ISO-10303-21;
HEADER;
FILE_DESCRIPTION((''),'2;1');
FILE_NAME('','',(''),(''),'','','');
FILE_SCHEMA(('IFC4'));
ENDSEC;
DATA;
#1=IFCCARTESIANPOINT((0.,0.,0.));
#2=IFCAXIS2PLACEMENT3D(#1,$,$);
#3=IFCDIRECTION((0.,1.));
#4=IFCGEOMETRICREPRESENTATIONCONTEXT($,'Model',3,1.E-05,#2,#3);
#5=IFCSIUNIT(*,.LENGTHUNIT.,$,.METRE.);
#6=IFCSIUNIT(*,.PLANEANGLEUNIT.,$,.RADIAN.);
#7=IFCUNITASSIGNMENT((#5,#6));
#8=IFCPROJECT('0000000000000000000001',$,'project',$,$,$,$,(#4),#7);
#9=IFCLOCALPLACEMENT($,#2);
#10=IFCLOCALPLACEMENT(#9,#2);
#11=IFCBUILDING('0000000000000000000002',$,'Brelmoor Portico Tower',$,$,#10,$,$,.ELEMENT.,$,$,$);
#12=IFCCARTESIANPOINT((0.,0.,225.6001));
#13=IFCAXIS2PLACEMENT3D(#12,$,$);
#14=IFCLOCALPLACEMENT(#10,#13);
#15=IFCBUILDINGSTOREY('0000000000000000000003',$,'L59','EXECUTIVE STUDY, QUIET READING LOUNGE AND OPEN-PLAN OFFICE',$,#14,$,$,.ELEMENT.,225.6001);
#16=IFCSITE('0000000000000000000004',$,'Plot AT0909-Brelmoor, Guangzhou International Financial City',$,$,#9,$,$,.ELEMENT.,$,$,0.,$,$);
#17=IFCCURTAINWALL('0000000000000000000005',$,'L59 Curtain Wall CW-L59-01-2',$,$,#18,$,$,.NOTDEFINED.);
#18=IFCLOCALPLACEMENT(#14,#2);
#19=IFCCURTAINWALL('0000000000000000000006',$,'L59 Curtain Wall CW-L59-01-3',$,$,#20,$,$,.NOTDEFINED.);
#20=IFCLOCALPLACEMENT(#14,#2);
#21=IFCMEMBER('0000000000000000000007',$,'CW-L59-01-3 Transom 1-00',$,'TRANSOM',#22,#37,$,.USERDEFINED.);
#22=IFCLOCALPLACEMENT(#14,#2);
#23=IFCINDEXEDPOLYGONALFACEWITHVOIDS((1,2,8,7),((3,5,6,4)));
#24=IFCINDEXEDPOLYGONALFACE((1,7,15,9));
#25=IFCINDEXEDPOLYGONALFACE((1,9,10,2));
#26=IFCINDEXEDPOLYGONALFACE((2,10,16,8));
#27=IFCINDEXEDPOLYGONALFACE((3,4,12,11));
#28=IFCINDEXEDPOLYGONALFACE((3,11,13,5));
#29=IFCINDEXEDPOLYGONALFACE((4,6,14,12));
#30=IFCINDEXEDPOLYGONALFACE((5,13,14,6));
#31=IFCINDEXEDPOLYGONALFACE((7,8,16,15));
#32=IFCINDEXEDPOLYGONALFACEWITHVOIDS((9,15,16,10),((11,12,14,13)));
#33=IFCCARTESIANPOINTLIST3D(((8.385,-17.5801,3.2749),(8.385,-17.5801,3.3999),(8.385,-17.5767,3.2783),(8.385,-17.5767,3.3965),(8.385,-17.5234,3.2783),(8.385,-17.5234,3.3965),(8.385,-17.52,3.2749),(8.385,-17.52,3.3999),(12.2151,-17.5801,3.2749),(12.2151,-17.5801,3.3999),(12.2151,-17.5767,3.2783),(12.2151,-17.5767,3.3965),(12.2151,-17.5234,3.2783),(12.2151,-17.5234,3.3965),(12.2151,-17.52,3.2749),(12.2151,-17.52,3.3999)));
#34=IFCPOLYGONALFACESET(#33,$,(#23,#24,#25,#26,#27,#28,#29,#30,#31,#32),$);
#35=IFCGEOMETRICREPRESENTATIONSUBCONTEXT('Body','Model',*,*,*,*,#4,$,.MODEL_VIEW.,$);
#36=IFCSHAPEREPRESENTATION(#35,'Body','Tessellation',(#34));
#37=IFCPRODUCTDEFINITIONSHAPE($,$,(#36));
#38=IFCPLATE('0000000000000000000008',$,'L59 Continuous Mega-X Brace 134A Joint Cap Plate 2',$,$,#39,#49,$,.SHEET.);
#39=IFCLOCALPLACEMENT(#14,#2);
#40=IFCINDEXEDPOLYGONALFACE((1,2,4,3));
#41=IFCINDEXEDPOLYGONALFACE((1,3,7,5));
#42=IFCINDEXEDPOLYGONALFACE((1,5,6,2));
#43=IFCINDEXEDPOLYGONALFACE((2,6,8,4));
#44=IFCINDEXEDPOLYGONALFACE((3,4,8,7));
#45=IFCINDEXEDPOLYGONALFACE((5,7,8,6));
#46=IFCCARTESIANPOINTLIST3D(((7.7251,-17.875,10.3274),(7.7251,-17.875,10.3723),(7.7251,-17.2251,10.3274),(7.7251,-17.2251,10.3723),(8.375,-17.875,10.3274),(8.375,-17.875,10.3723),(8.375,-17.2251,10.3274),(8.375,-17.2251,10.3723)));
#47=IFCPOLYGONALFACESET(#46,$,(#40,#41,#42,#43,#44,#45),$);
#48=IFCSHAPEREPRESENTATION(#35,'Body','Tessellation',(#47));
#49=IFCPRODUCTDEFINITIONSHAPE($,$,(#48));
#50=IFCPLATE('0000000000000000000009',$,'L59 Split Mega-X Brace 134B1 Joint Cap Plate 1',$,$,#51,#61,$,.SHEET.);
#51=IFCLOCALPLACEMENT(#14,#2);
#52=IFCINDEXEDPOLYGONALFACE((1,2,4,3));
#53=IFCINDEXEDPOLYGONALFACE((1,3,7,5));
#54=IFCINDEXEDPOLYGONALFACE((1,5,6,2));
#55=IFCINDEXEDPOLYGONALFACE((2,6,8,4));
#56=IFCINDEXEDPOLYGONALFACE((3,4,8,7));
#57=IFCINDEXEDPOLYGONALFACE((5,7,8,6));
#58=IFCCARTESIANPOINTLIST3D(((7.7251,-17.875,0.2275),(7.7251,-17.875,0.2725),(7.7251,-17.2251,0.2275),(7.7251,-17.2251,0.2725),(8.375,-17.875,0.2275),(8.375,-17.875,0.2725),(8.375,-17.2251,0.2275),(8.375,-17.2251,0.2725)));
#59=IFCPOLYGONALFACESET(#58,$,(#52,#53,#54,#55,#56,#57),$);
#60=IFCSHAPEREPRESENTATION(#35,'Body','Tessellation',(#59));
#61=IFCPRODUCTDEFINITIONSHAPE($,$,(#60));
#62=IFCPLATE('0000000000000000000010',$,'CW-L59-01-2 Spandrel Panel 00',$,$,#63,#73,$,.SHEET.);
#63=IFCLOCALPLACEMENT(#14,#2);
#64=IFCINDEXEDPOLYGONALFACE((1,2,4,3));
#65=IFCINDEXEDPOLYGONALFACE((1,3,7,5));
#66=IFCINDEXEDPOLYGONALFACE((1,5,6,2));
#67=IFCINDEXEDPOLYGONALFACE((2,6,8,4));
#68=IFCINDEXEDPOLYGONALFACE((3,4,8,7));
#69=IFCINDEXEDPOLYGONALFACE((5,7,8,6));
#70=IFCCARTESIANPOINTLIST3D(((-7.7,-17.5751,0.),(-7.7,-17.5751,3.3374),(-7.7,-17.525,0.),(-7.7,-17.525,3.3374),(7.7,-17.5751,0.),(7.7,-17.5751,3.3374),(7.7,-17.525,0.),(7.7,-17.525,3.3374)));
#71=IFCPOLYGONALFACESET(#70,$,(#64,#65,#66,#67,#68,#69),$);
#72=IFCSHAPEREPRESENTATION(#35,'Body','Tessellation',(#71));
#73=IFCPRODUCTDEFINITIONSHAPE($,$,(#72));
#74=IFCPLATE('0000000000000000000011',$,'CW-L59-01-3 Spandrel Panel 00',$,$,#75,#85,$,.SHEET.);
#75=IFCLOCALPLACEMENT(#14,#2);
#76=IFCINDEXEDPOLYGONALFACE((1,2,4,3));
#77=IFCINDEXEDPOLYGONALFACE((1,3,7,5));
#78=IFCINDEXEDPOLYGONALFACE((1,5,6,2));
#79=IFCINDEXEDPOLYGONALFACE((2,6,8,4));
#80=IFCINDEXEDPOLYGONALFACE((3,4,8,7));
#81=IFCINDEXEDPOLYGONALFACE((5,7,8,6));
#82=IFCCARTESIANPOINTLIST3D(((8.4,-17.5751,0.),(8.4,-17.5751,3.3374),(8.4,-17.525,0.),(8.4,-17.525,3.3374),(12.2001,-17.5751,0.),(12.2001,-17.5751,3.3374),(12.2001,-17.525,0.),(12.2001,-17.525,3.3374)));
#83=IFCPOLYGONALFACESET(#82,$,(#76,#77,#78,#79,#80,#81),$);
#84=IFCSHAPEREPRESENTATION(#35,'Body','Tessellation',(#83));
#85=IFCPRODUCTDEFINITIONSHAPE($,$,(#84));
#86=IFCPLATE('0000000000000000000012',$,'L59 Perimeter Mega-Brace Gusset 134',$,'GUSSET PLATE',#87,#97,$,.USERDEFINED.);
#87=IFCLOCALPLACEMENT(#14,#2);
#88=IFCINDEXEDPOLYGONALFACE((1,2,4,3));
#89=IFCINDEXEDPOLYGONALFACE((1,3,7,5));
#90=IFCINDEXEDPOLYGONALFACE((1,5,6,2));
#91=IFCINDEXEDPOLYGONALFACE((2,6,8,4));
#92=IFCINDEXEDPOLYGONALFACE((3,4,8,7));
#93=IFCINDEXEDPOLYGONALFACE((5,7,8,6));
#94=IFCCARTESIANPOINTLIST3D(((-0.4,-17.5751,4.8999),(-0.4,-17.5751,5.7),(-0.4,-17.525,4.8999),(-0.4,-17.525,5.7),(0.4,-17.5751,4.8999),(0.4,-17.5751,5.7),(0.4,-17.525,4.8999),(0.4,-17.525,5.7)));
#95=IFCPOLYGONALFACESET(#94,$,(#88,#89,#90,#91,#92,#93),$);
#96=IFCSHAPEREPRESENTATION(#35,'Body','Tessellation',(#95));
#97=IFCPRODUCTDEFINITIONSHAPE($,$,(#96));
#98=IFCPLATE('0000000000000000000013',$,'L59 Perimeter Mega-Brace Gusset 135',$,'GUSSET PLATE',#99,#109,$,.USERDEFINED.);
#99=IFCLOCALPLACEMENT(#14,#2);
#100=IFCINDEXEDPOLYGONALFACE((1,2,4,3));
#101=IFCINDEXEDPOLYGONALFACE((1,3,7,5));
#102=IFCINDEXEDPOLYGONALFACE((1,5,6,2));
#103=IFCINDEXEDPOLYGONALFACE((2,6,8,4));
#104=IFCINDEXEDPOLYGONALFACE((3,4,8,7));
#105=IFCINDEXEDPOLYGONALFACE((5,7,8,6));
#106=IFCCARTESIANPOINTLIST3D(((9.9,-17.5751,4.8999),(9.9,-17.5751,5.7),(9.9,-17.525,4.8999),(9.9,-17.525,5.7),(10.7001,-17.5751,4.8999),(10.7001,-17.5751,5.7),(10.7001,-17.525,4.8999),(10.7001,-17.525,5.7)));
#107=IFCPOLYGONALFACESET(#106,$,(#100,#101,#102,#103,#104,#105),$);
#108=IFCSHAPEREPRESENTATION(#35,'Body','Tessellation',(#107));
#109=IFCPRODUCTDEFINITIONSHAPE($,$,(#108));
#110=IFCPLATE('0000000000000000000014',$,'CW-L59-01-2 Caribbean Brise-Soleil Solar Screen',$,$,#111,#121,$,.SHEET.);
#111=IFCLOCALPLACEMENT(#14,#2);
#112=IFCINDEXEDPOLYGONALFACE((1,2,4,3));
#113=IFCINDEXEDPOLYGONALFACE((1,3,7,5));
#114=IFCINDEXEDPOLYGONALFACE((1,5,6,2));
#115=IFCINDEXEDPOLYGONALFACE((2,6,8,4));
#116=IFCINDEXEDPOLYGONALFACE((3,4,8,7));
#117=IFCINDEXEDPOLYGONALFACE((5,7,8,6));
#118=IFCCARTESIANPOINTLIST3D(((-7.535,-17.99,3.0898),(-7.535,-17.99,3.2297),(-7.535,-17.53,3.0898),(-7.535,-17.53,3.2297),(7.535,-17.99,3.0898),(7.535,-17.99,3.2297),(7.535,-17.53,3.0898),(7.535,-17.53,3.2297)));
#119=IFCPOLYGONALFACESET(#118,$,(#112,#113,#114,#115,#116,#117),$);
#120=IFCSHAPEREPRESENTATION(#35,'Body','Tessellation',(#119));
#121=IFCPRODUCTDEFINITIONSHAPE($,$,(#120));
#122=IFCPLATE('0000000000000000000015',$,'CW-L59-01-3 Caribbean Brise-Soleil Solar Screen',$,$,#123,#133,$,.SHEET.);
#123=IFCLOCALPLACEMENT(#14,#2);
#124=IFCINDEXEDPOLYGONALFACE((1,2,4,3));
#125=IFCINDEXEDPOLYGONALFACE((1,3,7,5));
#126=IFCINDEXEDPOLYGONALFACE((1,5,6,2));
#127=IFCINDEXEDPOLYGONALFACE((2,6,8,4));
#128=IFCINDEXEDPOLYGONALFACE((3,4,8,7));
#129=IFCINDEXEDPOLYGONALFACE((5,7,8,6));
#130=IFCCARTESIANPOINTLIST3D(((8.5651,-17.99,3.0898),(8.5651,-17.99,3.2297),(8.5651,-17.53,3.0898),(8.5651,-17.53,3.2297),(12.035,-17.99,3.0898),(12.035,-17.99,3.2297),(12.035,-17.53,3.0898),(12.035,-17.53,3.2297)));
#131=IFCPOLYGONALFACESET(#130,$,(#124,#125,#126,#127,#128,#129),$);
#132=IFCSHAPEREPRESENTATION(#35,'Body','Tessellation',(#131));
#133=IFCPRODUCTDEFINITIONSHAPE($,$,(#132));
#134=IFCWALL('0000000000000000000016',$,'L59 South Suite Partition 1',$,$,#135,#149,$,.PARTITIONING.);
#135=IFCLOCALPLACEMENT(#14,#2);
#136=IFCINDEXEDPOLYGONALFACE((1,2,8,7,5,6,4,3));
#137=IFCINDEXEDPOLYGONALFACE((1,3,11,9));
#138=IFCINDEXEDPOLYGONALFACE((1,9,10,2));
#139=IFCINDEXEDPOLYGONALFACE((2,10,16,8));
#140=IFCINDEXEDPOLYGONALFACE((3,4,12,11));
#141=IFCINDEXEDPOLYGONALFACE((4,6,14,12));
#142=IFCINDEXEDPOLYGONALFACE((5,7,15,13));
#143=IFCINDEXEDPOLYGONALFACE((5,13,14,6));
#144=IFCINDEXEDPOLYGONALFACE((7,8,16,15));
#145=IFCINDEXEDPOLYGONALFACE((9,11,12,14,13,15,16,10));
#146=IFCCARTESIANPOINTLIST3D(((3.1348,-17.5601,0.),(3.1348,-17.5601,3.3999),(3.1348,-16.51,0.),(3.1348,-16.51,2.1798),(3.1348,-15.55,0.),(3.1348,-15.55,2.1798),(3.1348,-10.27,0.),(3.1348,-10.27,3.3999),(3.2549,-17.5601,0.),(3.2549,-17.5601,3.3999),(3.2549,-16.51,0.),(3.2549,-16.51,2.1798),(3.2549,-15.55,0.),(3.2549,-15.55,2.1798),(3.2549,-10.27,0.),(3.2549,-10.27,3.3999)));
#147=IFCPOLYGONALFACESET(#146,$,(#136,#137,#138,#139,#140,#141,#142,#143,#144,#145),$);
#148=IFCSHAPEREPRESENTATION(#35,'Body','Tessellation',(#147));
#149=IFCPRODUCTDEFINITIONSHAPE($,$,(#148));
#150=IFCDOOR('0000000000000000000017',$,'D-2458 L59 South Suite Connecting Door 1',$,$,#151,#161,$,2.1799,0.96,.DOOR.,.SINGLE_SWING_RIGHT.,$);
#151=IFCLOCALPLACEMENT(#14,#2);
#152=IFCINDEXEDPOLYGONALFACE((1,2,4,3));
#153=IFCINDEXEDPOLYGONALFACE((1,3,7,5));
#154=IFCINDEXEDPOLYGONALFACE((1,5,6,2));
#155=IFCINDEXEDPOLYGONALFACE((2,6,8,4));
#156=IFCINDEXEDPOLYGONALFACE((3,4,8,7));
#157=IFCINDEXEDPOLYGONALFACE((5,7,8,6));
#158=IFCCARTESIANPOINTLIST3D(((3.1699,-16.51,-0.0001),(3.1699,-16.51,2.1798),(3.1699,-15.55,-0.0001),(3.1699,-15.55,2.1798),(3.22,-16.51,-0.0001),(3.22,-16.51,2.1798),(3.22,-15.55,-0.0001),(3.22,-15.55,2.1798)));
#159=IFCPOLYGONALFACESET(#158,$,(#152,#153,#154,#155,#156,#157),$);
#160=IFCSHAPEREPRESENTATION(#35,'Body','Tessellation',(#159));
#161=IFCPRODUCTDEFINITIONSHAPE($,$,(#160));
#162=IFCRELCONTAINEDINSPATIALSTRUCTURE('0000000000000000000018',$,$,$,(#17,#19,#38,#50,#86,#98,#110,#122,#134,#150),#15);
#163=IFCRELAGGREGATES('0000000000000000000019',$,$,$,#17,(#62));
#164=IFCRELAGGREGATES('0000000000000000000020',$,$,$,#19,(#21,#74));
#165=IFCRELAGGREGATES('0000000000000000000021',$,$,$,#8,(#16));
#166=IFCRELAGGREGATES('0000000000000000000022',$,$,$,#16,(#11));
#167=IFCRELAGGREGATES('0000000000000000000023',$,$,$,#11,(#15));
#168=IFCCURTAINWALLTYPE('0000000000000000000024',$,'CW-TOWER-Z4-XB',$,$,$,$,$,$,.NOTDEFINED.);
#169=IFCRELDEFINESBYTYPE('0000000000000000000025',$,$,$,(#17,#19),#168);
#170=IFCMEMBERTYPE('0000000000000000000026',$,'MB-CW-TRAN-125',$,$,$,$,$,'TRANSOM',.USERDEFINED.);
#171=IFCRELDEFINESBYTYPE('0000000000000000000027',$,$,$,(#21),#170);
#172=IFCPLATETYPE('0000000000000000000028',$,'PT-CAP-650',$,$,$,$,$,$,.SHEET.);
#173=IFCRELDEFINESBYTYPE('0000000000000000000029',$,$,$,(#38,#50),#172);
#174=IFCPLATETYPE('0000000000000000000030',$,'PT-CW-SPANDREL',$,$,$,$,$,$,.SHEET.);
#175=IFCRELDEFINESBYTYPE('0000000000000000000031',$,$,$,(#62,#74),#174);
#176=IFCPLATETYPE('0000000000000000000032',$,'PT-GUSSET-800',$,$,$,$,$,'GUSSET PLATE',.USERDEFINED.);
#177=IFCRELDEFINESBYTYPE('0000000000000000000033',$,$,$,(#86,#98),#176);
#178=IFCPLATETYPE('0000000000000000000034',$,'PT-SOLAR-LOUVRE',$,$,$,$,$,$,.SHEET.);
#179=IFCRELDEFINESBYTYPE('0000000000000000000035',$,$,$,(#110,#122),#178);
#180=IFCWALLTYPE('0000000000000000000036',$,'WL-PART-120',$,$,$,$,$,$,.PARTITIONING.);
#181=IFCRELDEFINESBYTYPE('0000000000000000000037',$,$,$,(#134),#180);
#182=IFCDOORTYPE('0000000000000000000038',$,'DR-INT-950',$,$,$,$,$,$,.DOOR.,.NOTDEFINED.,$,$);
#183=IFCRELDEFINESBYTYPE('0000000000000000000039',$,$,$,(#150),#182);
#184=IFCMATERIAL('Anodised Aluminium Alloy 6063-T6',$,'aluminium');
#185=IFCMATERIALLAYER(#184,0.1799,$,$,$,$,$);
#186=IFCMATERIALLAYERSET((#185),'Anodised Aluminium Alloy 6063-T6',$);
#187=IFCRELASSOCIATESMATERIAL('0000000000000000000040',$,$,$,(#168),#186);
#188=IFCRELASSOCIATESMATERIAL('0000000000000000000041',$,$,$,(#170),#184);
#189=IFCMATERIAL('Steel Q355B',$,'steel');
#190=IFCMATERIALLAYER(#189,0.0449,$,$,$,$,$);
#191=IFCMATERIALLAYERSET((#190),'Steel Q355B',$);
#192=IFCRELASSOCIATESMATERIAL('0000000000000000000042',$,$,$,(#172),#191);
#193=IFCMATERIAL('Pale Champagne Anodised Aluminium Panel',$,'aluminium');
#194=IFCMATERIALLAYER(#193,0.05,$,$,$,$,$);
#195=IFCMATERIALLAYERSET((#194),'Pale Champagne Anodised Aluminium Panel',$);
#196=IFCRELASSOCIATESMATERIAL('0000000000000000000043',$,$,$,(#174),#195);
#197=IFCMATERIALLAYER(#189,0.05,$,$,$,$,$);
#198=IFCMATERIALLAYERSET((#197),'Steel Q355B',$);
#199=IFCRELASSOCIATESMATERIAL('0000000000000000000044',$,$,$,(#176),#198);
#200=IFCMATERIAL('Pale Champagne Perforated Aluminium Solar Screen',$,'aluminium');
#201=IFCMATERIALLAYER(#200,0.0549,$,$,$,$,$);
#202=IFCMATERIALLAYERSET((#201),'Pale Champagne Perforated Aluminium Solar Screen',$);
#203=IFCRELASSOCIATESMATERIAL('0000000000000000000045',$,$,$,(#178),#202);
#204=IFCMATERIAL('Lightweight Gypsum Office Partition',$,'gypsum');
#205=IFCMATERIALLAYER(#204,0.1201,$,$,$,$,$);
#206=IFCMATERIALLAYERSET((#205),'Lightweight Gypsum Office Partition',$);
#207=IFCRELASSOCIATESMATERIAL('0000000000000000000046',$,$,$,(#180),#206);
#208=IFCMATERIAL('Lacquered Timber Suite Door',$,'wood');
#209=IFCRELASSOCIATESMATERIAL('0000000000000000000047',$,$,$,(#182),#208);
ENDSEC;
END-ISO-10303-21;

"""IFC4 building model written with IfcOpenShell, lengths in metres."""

from ifc_helpers import new_model, si_unit, direction, frame, frame_2d, origin, origin_2d, place, context, subcontext, project, spatial, rectangle, hollow_rectangle, extrude, material, layer, layer_set, material_profile, profile_set, type_object, element, fill, aggregate, save


model = new_model("IFC4")

# Units and contexts
model_context = context("Model", 3, precision=1e-05, world=origin(), true_north=direction((0.0, 1.0)))
body_context = subcontext(model_context, "Body", "Model", "MODEL_VIEW")
ifc_project = project(units=[si_unit("LENGTHUNIT", "METRE"), si_unit("PLANEANGLEUNIT", "RADIAN")], contexts=[model_context])

# Site, building, storey
site_placement = place(None, origin())
site = spatial("IfcSite", under=ifc_project, at=site_placement, Name="Plot AT0909-Brelmoor, Guangzhou International Financial City", CompositionType="ELEMENT", RefElevation=0.0)
building_placement = place(site_placement, origin())
building = spatial("IfcBuilding", under=site, at=building_placement, Name="Brelmoor Portico Tower", CompositionType="ELEMENT")
storey_placement = place(building_placement, frame((0.0, 0.0, 225.6001)))
storey = spatial("IfcBuildingStorey", under=building, at=storey_placement, Name="L59", Description="EXECUTIVE STUDY, QUIET READING LOUNGE AND OPEN-PLAN OFFICE", CompositionType="ELEMENT", Elevation=225.6001)

# Shared definitions
ifc_material_1 = material(Name="Steel Q355B", Category="steel")

# Curtain wall
ifc_material_2 = material(Name="Anodised Aluminium Alloy 6063-T6", Category="aluminium")
ifc_layer_1 = layer(ifc_material_2, 0.1799)
ifc_layer_set_1 = layer_set([ifc_layer_1], Name="Anodised Aluminium Alloy 6063-T6")
curtain_wall_type = type_object("IfcCurtainWallType", Name="CW-TOWER-Z4-XB", PredefinedType="NOTDEFINED", material=ifc_layer_set_1)
curtain_wall_1_placement = place(storey_placement, origin())
curtain_wall_1 = element("IfcCurtainWall", 1, at=curtain_wall_1_placement, inside=storey, type_object=curtain_wall_type, Name="L59 Curtain Wall CW-L59-01-2", PredefinedType="NOTDEFINED")

# Curtain wall, member
curtain_wall_2_placement = place(storey_placement, origin())
curtain_wall_2 = element("IfcCurtainWall", 2, at=curtain_wall_2_placement, inside=storey, type_object=curtain_wall_type, Name="L59 Curtain Wall CW-L59-01-3", PredefinedType="NOTDEFINED")
ifc_material_profile_1 = material_profile(ifc_material_2, hollow_rectangle(XDim=0.0601, YDim=0.125, WallThickness=0.0034, at=origin_2d()), Name="ALU TRANSOM 60x125")
ifc_profile_set_1 = profile_set([ifc_material_profile_1], Name="Anodised Aluminium Alloy 6063-T6")
member_type_1 = type_object("IfcMemberType", Name="MB-CW-TRAN-125", ElementType="TRANSOM", PredefinedType="USERDEFINED", material=ifc_profile_set_1)
member_1_placement = place(storey_placement, frame((8.385, -17.55, 3.3374), z_axis=(1.0, 0.0, 0.0), x_axis=(0.0, 1.0, 0.0)))
member_1 = element("IfcMember", 3, at=member_1_placement, type_object=member_type_1, Name="CW-L59-01-3 Transom 1-00", ObjectType="TRANSOM", PredefinedType="USERDEFINED", context=body_context, shape_type="SweptSolid", body=[
    extrude(hollow_rectangle(XDim=0.0601, YDim=0.125, WallThickness=0.0034, at=origin_2d()), origin(), (0.0, 0.0, 1.0), 3.8301),
])

# Plates
ifc_layer_2 = layer(ifc_material_1, 0.0449)
ifc_layer_set_2 = layer_set([ifc_layer_2], Name="Steel Q355B")
plate_type_1 = type_object("IfcPlateType", Name="PT-CAP-650", PredefinedType="SHEET", material=ifc_layer_set_2)
for number, where, z_axis, x_axis, name in (
    (4, (8.05, -17.55, 10.3274), (0.0, 0.0, 1.0), (1.0, 0.0, 0.0), "L59 Continuous Mega-X Brace 134A Joint Cap Plate 2"),
    (5, (8.05, -17.55, 0.2275), (0.0, 0.0, 1.0), (1.0, 0.0, 0.0), "L59 Split Mega-X Brace 134B1 Joint Cap Plate 1"),
):
    element("IfcPlate", number, at=place(storey_placement, frame(where, z_axis=z_axis, x_axis=x_axis)), inside=storey, type_object=plate_type_1, Name=name, PredefinedType="SHEET", context=body_context, shape_type="SweptSolid", body=[
        extrude(rectangle(XDim=0.6499, YDim=0.6499, at=origin_2d()), origin(), (0.0, 0.0, 1.0), 0.0449),
    ])

# Plates
ifc_material_3 = material(Name="Pale Champagne Anodised Aluminium Panel", Category="aluminium")
ifc_layer_3 = layer(ifc_material_3, 0.05)
ifc_layer_set_3 = layer_set([ifc_layer_3], Name="Pale Champagne Anodised Aluminium Panel")
plate_type_2 = type_object("IfcPlateType", Name="PT-CW-SPANDREL", PredefinedType="SHEET", material=ifc_layer_set_3)
plate_1_placement = place(storey_placement, frame((0.0, -17.55, 0.0), z_axis=(0.0, 0.0, 1.0), x_axis=(1.0, 0.0, 0.0)))
plate_1 = element("IfcPlate", 6, at=plate_1_placement, type_object=plate_type_2, Name="CW-L59-01-2 Spandrel Panel 00", PredefinedType="SHEET", context=body_context, shape_type="SweptSolid", body=[
    extrude(rectangle(XDim=15.3999, YDim=0.05, at=origin_2d()), origin(), (0.0, 0.0, 1.0), 3.3374),
])
aggregate(curtain_wall_1, [plate_1])
plate_2_placement = place(storey_placement, frame((10.3, -17.55, 0.0), z_axis=(0.0, 0.0, 1.0), x_axis=(1.0, 0.0, 0.0)))
plate_2 = element("IfcPlate", 7, at=plate_2_placement, type_object=plate_type_2, Name="CW-L59-01-3 Spandrel Panel 00", PredefinedType="SHEET", context=body_context, shape_type="SweptSolid", body=[
    extrude(rectangle(XDim=3.8, YDim=0.05, at=origin_2d()), origin(), (0.0, 0.0, 1.0), 3.3374),
])
aggregate(curtain_wall_2, [member_1, plate_2])

# Plates
ifc_layer_4 = layer(ifc_material_1, 0.05)
ifc_layer_set_4 = layer_set([ifc_layer_4], Name="Steel Q355B")
plate_type_3 = type_object("IfcPlateType", Name="PT-GUSSET-800", ElementType="GUSSET PLATE", PredefinedType="USERDEFINED", material=ifc_layer_set_4)
for number, where, z_axis, x_axis, name in (
    (8, (0.0, -17.55, 4.8999), (0.0, 0.0, 1.0), (1.0, 0.0, 0.0), "L59 Perimeter Mega-Brace Gusset 134"),
    (9, (10.3, -17.55, 4.8999), (0.0, 0.0, 1.0), (1.0, 0.0, 0.0), "L59 Perimeter Mega-Brace Gusset 135"),
):
    element("IfcPlate", number, at=place(storey_placement, frame(where, z_axis=z_axis, x_axis=x_axis)), inside=storey, type_object=plate_type_3, Name=name, ObjectType="GUSSET PLATE", PredefinedType="USERDEFINED", context=body_context, shape_type="SweptSolid", body=[
        extrude(rectangle(XDim=0.8, YDim=0.05, at=origin_2d()), origin(), (0.0, 0.0, 1.0), 0.8),
    ])
ifc_material_4 = material(Name="Pale Champagne Perforated Aluminium Solar Screen", Category="aluminium")
ifc_layer_5 = layer(ifc_material_4, 0.0549)
ifc_layer_set_5 = layer_set([ifc_layer_5], Name="Pale Champagne Perforated Aluminium Solar Screen")
plate_type_4 = type_object("IfcPlateType", Name="PT-SOLAR-LOUVRE", PredefinedType="SHEET", material=ifc_layer_set_5)
plate_3_placement = place(storey_placement, frame((0.0, -17.76, 3.0898), z_axis=(0.0, 0.0, 1.0), x_axis=(1.0, 0.0, 0.0)))
element("IfcPlate", 10, at=plate_3_placement, inside=storey, type_object=plate_type_4, Name="CW-L59-01-2 Caribbean Brise-Soleil Solar Screen", PredefinedType="SHEET", context=body_context, shape_type="SweptSolid", body=[
    extrude(rectangle(XDim=15.0701, YDim=0.46, at=origin_2d()), origin(), (0.0, 0.0, 1.0), 0.1399),
])
plate_4_placement = place(storey_placement, frame((10.3, -17.76, 3.0898), z_axis=(0.0, 0.0, 1.0), x_axis=(1.0, 0.0, 0.0)))
element("IfcPlate", 11, at=plate_4_placement, inside=storey, type_object=plate_type_4, Name="CW-L59-01-3 Caribbean Brise-Soleil Solar Screen", PredefinedType="SHEET", context=body_context, shape_type="SweptSolid", body=[
    extrude(rectangle(XDim=3.47, YDim=0.46, at=origin_2d()), origin(), (0.0, 0.0, 1.0), 0.1399),
])

# Wall, opening, door
ifc_material_5 = material(Name="Lightweight Gypsum Office Partition", Category="gypsum")
ifc_layer_6 = layer(ifc_material_5, 0.1201)
ifc_layer_set_6 = layer_set([ifc_layer_6], Name="Lightweight Gypsum Office Partition")
wall_type_1 = type_object("IfcWallType", Name="WL-PART-120", PredefinedType="PARTITIONING", material=ifc_layer_set_6)
wall_1_placement = place(storey_placement, frame((3.1948, -17.5601, 0.0), z_axis=(0.0, 0.0, 1.0), x_axis=(0.0, 1.0, 0.0)))
wall_1 = element("IfcWall", 12, at=wall_1_placement, inside=storey, type_object=wall_type_1, Name="L59 South Suite Partition 1", PredefinedType="PARTITIONING", context=body_context, shape_type="SweptSolid", body=[
    extrude(rectangle(XDim=7.29, YDim=0.1201, at=frame_2d((3.645, 0.0))), origin(), (0.0, 0.0, 1.0), 3.3999),
])
opening_1_placement = place(wall_1_placement, frame((1.05, 0.0, 0.0)))
opening_1 = element("IfcOpeningElement", 13, at=opening_1_placement, cuts=wall_1, PredefinedType="OPENING", context=body_context, shape_type="SweptSolid", body=[
    extrude(rectangle(XDim=0.96, YDim=2.1799, at=frame_2d((0.48, 1.0898))), frame((0.0, 0.0701, 0.0), z_axis=(0.0, -1.0, 0.0), x_axis=(1.0, 0.0, 0.0)), (0.0, 0.0, 1.0), 0.1401),
])
ifc_material_6 = material(Name="Lacquered Timber Suite Door", Category="wood")
door_type = type_object("IfcDoorType", Name="DR-INT-950", OperationType="NOTDEFINED", PredefinedType="DOOR", material=ifc_material_6)
door_1_placement = place(opening_1_placement, origin())
door_1 = element("IfcDoor", 14, at=door_1_placement, inside=storey, type_object=door_type, Name="D-2458 L59 South Suite Connecting Door 1", OperationType="SINGLE_SWING_RIGHT", OverallHeight=2.1799, OverallWidth=0.96, PredefinedType="DOOR", context=body_context, shape_type="SweptSolid", body=[
    extrude(rectangle(XDim=0.96, YDim=2.1799, at=frame_2d((0.48, 1.0898))), frame((0.0, 0.0249, 0.0), z_axis=(0.0, -1.0, 0.0), x_axis=(1.0, 0.0, 0.0)), (0.0, 0.0, 1.0), 0.05),
])
fill(opening_1, door_1)

save(model, "model.ifc")
